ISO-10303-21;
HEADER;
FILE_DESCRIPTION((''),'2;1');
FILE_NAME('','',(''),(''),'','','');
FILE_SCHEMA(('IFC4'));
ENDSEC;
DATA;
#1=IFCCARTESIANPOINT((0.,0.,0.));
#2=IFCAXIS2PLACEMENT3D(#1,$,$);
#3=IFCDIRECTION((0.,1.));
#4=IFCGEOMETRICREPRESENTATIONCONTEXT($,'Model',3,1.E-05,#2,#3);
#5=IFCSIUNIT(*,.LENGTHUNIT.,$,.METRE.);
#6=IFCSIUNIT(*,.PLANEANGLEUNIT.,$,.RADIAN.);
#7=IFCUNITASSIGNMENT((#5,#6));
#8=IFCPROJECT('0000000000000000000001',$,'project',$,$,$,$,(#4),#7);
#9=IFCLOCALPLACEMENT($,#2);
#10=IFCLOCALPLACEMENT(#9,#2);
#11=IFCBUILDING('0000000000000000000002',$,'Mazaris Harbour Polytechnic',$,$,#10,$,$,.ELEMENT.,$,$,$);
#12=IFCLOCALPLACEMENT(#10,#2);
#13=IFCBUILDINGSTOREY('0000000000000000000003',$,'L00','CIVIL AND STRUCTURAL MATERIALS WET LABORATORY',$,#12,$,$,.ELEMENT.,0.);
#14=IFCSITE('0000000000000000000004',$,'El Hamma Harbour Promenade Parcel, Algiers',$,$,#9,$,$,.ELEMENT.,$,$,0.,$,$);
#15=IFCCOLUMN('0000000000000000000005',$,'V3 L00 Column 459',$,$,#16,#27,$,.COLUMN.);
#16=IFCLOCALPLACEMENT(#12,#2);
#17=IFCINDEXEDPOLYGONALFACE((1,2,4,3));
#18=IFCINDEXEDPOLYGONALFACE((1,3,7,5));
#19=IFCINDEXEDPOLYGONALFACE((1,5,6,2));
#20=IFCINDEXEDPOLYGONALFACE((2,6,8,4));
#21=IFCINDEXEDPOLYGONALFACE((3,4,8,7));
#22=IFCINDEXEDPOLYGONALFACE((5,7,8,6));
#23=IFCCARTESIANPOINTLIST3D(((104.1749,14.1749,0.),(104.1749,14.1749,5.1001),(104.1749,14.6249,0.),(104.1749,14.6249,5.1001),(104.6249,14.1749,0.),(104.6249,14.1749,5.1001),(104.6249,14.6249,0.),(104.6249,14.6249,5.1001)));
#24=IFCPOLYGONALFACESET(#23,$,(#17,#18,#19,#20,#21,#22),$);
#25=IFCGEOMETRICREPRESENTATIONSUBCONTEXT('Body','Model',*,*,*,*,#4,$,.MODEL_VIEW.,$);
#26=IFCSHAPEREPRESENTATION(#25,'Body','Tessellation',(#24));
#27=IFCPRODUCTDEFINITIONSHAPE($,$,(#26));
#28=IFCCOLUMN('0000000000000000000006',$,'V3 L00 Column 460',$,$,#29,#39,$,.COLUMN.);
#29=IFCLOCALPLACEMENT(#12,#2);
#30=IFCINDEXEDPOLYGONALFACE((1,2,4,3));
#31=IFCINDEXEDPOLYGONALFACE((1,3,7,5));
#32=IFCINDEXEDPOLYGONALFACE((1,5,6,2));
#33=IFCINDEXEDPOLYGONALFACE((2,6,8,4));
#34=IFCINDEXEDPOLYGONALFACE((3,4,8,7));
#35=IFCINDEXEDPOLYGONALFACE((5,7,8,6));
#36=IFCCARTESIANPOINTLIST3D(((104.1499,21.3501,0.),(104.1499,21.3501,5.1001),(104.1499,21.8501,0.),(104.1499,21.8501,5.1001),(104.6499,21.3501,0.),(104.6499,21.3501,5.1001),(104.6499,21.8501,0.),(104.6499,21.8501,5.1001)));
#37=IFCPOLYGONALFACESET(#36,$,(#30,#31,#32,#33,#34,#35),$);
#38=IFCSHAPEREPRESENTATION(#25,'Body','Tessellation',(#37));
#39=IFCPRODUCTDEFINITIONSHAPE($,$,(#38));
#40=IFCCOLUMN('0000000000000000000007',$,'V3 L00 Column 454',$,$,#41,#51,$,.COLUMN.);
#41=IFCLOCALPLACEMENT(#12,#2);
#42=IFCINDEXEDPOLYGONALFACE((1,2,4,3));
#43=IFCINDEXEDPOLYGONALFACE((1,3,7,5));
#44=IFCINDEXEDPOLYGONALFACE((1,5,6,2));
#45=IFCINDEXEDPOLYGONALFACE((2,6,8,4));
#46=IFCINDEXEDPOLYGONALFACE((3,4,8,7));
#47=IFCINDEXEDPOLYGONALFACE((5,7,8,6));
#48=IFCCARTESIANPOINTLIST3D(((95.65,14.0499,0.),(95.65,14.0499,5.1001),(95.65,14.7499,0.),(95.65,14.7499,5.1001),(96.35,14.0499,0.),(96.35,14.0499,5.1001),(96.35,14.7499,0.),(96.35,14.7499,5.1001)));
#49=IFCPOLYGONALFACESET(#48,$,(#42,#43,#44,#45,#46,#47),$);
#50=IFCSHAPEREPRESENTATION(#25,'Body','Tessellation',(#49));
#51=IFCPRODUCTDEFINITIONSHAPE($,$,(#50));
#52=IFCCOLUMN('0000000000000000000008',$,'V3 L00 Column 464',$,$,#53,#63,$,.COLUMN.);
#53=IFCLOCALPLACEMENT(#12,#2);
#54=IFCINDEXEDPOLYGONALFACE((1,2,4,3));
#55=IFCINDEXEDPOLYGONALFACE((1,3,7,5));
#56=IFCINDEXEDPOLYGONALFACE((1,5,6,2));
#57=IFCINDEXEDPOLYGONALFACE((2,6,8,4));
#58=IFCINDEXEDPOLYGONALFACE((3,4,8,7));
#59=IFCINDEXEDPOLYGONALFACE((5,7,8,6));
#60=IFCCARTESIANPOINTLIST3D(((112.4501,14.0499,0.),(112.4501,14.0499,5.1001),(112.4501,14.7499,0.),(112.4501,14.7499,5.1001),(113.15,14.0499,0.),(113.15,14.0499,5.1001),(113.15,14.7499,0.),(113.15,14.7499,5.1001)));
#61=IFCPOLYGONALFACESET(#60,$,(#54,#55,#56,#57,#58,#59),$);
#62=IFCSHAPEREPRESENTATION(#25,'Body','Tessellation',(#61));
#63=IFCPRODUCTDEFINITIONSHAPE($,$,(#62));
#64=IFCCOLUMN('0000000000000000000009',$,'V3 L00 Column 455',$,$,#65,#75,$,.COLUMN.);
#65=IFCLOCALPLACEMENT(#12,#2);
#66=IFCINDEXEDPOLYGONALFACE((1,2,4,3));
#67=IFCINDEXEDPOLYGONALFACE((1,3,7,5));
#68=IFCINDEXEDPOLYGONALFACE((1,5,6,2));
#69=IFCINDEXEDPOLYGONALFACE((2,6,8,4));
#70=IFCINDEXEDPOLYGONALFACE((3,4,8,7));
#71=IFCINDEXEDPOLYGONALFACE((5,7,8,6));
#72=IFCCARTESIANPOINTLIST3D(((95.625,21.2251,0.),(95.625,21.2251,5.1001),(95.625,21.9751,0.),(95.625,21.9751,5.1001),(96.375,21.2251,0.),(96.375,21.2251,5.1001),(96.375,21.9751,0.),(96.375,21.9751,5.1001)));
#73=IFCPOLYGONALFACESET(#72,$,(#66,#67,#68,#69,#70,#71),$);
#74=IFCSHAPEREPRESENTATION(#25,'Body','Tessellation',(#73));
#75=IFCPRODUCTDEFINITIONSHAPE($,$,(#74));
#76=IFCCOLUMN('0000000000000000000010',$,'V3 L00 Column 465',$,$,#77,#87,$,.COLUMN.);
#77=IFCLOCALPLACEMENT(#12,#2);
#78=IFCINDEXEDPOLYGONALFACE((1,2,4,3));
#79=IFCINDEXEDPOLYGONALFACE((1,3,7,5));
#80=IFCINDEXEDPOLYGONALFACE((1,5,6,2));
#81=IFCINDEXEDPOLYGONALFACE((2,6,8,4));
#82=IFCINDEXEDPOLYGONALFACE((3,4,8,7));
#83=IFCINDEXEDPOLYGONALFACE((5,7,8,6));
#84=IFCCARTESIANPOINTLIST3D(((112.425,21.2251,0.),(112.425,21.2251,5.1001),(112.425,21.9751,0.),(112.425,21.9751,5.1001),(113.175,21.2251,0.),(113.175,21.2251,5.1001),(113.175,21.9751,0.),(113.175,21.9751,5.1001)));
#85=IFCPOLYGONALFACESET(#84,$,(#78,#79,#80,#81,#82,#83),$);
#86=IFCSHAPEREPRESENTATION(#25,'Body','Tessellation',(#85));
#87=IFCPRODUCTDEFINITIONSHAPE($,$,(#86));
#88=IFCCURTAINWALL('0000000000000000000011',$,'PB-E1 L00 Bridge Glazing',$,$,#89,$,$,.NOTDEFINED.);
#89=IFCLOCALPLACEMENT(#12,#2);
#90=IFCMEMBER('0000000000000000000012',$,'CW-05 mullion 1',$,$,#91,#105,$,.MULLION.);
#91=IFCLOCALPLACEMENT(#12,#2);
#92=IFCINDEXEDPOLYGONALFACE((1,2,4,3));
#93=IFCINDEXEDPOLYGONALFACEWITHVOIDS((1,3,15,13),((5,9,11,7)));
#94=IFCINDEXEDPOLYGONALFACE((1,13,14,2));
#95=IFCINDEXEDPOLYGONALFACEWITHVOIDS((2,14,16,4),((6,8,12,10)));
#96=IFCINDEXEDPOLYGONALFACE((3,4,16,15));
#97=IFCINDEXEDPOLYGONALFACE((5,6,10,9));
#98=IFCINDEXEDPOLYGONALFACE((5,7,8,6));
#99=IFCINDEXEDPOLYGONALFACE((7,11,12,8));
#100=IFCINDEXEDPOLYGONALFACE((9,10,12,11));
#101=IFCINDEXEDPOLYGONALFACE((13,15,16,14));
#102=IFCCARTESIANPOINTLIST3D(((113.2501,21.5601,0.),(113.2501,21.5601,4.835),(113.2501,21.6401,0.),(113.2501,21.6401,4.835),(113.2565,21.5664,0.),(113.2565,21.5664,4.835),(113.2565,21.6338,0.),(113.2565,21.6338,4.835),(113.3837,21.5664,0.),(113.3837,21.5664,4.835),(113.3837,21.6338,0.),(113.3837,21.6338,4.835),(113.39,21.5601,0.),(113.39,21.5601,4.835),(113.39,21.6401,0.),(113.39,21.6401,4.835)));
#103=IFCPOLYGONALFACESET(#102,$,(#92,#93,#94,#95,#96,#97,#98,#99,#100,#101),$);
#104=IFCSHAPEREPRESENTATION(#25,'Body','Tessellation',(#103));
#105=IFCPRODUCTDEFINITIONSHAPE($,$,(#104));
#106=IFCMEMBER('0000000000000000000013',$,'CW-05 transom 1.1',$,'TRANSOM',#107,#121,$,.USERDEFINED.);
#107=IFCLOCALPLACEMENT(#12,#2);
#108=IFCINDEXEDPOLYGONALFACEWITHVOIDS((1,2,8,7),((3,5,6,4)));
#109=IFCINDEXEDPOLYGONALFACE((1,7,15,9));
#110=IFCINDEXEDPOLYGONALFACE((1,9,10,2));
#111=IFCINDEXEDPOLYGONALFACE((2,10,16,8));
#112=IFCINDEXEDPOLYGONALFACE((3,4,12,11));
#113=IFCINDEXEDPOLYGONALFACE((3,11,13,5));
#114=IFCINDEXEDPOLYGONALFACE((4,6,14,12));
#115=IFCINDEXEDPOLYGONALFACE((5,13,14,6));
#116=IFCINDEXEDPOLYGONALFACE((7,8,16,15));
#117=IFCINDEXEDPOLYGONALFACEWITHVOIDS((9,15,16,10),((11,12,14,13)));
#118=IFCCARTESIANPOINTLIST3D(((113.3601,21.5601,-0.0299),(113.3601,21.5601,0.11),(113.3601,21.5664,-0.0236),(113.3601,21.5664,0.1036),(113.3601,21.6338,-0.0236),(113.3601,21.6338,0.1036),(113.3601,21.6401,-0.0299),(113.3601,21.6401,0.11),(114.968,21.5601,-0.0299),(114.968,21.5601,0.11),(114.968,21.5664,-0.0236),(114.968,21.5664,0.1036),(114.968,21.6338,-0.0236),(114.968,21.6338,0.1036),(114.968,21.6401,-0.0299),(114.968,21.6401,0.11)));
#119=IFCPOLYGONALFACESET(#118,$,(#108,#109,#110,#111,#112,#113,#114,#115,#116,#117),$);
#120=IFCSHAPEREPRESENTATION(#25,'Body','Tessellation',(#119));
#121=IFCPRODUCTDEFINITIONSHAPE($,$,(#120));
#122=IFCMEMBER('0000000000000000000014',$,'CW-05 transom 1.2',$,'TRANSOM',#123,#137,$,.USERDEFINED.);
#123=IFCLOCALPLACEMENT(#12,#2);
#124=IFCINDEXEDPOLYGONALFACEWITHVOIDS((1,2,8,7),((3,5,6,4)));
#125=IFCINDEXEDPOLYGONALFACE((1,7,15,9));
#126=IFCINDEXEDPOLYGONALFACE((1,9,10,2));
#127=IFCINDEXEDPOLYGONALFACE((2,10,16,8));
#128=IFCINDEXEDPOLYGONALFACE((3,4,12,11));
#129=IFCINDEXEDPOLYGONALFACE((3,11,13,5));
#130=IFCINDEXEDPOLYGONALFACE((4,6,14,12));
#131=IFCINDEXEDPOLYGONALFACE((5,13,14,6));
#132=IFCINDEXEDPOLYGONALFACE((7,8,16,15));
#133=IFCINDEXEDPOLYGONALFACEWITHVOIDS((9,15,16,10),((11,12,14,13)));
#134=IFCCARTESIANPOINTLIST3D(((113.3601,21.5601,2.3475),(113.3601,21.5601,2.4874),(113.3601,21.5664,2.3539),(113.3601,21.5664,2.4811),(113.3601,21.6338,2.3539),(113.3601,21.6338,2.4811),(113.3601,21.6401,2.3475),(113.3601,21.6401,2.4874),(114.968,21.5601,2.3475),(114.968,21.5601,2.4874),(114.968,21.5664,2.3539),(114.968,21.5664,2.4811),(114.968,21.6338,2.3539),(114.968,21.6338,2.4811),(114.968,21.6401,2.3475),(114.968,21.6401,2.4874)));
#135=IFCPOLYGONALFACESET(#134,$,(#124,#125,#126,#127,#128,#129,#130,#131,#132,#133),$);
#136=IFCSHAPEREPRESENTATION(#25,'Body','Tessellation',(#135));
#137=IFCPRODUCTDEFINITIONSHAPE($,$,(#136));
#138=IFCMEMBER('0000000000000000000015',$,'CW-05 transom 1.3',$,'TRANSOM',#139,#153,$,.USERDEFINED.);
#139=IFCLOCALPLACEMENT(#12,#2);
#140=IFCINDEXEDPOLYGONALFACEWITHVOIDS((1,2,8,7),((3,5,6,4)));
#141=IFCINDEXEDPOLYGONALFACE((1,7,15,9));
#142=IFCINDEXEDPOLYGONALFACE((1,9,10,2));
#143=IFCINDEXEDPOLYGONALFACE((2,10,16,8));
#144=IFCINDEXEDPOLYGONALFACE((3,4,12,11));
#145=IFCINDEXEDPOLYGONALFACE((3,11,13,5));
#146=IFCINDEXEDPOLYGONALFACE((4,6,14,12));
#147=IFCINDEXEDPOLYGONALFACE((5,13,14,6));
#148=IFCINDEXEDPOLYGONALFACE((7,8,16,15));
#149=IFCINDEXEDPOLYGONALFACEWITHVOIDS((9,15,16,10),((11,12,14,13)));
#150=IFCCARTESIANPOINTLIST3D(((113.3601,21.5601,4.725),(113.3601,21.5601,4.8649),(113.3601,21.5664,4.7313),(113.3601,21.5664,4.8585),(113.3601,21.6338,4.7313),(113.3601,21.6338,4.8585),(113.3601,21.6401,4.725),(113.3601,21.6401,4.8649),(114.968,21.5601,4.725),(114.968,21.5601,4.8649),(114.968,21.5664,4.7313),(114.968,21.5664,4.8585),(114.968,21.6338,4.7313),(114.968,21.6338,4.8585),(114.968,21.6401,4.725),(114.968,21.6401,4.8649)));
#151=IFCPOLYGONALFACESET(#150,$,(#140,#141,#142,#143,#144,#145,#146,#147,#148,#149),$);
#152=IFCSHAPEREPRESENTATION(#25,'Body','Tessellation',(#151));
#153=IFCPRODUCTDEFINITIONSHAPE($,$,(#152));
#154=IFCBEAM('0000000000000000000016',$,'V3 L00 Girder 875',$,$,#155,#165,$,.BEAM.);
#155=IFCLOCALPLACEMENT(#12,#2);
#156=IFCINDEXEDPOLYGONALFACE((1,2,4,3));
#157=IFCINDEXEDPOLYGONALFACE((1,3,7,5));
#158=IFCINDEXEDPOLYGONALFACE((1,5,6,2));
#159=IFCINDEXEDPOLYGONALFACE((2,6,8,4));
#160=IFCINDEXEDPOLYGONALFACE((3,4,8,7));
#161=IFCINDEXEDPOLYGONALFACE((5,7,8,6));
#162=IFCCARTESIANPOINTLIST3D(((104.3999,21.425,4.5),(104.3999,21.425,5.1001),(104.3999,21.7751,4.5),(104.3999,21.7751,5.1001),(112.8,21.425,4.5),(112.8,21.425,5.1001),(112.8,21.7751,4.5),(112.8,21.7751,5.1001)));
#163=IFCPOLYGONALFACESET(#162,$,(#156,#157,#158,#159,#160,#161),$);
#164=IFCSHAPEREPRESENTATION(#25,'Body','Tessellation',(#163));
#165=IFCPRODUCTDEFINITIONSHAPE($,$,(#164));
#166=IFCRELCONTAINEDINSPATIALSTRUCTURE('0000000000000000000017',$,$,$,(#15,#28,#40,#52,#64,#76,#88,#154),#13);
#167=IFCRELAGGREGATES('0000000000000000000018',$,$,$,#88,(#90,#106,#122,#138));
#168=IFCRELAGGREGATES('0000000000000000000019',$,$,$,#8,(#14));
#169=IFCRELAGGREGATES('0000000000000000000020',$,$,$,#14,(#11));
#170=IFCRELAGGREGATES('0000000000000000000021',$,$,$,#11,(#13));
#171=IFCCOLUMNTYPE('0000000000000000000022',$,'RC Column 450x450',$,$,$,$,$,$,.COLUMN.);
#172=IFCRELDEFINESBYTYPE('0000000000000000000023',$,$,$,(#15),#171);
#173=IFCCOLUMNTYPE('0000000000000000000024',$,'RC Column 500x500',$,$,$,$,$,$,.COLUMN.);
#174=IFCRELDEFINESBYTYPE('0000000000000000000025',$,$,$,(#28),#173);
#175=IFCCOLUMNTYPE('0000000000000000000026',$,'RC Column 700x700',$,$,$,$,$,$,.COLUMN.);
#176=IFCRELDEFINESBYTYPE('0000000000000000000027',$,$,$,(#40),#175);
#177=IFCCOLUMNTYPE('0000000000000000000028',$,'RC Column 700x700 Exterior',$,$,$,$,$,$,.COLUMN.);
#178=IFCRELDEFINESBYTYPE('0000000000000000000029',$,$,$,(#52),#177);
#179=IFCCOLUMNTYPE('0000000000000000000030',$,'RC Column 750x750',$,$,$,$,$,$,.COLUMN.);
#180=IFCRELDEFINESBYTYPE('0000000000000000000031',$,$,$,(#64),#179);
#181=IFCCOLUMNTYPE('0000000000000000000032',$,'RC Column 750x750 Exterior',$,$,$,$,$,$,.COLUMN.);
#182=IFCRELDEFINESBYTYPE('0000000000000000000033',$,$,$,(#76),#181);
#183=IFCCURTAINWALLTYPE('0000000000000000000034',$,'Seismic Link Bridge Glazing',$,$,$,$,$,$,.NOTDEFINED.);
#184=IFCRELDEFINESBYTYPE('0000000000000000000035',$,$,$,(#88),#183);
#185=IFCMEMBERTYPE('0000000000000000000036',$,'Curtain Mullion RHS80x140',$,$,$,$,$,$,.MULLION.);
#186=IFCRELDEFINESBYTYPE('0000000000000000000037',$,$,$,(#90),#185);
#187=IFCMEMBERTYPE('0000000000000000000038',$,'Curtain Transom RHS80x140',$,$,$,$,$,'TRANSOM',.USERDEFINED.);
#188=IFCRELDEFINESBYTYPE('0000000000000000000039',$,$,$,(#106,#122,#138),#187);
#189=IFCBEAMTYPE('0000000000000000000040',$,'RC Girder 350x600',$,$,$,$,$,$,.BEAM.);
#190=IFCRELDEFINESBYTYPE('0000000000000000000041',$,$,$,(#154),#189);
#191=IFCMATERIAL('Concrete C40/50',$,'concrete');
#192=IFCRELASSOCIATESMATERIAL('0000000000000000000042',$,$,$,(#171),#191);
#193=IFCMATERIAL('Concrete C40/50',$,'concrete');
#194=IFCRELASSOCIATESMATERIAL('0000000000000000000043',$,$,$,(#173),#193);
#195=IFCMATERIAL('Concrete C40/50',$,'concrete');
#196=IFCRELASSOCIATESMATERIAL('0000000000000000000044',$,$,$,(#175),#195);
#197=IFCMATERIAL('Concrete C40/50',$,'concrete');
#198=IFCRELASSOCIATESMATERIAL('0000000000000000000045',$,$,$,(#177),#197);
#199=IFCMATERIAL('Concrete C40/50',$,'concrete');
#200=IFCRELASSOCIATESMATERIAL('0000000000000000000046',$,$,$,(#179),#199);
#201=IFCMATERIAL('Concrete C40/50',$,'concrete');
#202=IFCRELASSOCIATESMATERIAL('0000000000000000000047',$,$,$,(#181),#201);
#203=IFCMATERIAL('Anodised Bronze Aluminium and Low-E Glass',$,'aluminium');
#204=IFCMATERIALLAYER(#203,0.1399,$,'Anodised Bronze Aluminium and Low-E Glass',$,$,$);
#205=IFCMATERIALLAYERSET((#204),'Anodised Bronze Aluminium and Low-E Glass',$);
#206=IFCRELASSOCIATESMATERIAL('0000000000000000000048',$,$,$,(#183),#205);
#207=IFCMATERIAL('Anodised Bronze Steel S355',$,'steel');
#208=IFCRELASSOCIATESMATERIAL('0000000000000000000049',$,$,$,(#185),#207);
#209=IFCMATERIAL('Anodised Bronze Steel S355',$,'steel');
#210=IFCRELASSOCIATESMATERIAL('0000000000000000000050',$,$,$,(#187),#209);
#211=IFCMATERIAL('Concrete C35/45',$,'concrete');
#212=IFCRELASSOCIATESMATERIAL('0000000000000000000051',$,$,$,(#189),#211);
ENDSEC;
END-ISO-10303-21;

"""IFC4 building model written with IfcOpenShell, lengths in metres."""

from ifc_helpers import new_model, si_unit, direction, frame, origin, origin_2d, place, context, subcontext, project, spatial, rectangle, hollow_rectangle, extrude, material, layer, layer_set, material_profile, profile_set, type_object, element, aggregate, save


model = new_model("IFC4")

# Units and contexts
model_context = context("Model", 3, precision=1e-05, world=origin(), true_north=direction((0.0, 1.0)))
body_context = subcontext(model_context, "Body", "Model", "MODEL_VIEW")
ifc_project = project(units=[si_unit("LENGTHUNIT", "METRE"), si_unit("PLANEANGLEUNIT", "RADIAN")], contexts=[model_context])

# Site, building, storey
site_placement = place(None, origin())
site = spatial("IfcSite", under=ifc_project, at=site_placement, Name="El Hamma Harbour Promenade Parcel, Algiers", CompositionType="ELEMENT", RefElevation=0.0)
building_placement = place(site_placement, origin())
building = spatial("IfcBuilding", under=site, at=building_placement, Name="Mazaris Harbour Polytechnic", CompositionType="ELEMENT")
storey_placement = place(building_placement, origin())
storey = spatial("IfcBuildingStorey", under=building, at=storey_placement, Name="L00", Description="CIVIL AND STRUCTURAL MATERIALS WET LABORATORY", CompositionType="ELEMENT", Elevation=0.0)

# Columns
ifc_material_1 = material(Name="Concrete C40/50", Category="concrete")
ifc_material_profile_1 = material_profile(ifc_material_1, rectangle(XDim=0.45, YDim=0.45, at=origin_2d()), Name="RECT450x450")
ifc_profile_set_1 = profile_set([ifc_material_profile_1], Name="Concrete C40/50")
column_type_1 = type_object("IfcColumnType", Name="RC Column 450x450", PredefinedType="COLUMN", material=ifc_profile_set_1)
column_1_placement = place(storey_placement, frame((104.3999, 14.3999, 0.0), z_axis=(0.0, 0.0, 1.0), x_axis=(1.0, 0.0, 0.0)))
element("IfcColumn", 1, at=column_1_placement, inside=storey, type_object=column_type_1, Name="V3 L00 Column 459", PredefinedType="COLUMN", context=body_context, shape_type="SweptSolid", body=[
    extrude(rectangle(XDim=0.45, YDim=0.45, at=origin_2d()), origin(), (0.0, 0.0, 1.0), 5.1001),
])
ifc_material_2 = material(Name="Concrete C40/50", Category="concrete")
ifc_material_profile_2 = material_profile(ifc_material_2, rectangle(XDim=0.5, YDim=0.5, at=origin_2d()), Name="RECT500x500")
ifc_profile_set_2 = profile_set([ifc_material_profile_2], Name="Concrete C40/50")
column_type_2 = type_object("IfcColumnType", Name="RC Column 500x500", PredefinedType="COLUMN", material=ifc_profile_set_2)
column_2_placement = place(storey_placement, frame((104.3999, 21.6001, 0.0), z_axis=(0.0, 0.0, 1.0), x_axis=(1.0, 0.0, 0.0)))
element("IfcColumn", 2, at=column_2_placement, inside=storey, type_object=column_type_2, Name="V3 L00 Column 460", PredefinedType="COLUMN", context=body_context, shape_type="SweptSolid", body=[
    extrude(rectangle(XDim=0.5, YDim=0.5, at=origin_2d()), origin(), (0.0, 0.0, 1.0), 5.1001),
])
ifc_material_3 = material(Name="Concrete C40/50", Category="concrete")
ifc_material_profile_3 = material_profile(ifc_material_3, rectangle(XDim=0.7, YDim=0.7, at=origin_2d()), Name="RECT700x700")
ifc_profile_set_3 = profile_set([ifc_material_profile_3], Name="Concrete C40/50")
column_type_3 = type_object("IfcColumnType", Name="RC Column 700x700", PredefinedType="COLUMN", material=ifc_profile_set_3)
column_3_placement = place(storey_placement, frame((96.0, 14.3999, 0.0), z_axis=(0.0, 0.0, 1.0), x_axis=(1.0, 0.0, 0.0)))
element("IfcColumn", 3, at=column_3_placement, inside=storey, type_object=column_type_3, Name="V3 L00 Column 454", PredefinedType="COLUMN", context=body_context, shape_type="SweptSolid", body=[
    extrude(rectangle(XDim=0.7, YDim=0.7, at=origin_2d()), origin(), (0.0, 0.0, 1.0), 5.1001),
])
ifc_material_4 = material(Name="Concrete C40/50", Category="concrete")
ifc_material_profile_4 = material_profile(ifc_material_4, rectangle(XDim=0.7, YDim=0.7, at=origin_2d()), Name="RECT700x700")
ifc_profile_set_4 = profile_set([ifc_material_profile_4], Name="Concrete C40/50")
column_type_4 = type_object("IfcColumnType", Name="RC Column 700x700 Exterior", PredefinedType="COLUMN", material=ifc_profile_set_4)
column_4_placement = place(storey_placement, frame((112.8, 14.3999, 0.0), z_axis=(0.0, 0.0, 1.0), x_axis=(1.0, 0.0, 0.0)))
element("IfcColumn", 4, at=column_4_placement, inside=storey, type_object=column_type_4, Name="V3 L00 Column 464", PredefinedType="COLUMN", context=body_context, shape_type="SweptSolid", body=[
    extrude(rectangle(XDim=0.7, YDim=0.7, at=origin_2d()), origin(), (0.0, 0.0, 1.0), 5.1001),
])
ifc_material_5 = material(Name="Concrete C40/50", Category="concrete")
ifc_material_profile_5 = material_profile(ifc_material_5, rectangle(XDim=0.75, YDim=0.75, at=origin_2d()), Name="RECT750x750")
ifc_profile_set_5 = profile_set([ifc_material_profile_5], Name="Concrete C40/50")
column_type_5 = type_object("IfcColumnType", Name="RC Column 750x750", PredefinedType="COLUMN", material=ifc_profile_set_5)
column_5_placement = place(storey_placement, frame((96.0, 21.6001, 0.0), z_axis=(0.0, 0.0, 1.0), x_axis=(1.0, 0.0, 0.0)))
element("IfcColumn", 5, at=column_5_placement, inside=storey, type_object=column_type_5, Name="V3 L00 Column 455", PredefinedType="COLUMN", context=body_context, shape_type="SweptSolid", body=[
    extrude(rectangle(XDim=0.75, YDim=0.75, at=origin_2d()), origin(), (0.0, 0.0, 1.0), 5.1001),
])
ifc_material_6 = material(Name="Concrete C40/50", Category="concrete")
ifc_material_profile_6 = material_profile(ifc_material_6, rectangle(XDim=0.75, YDim=0.75, at=origin_2d()), Name="RECT750x750")
ifc_profile_set_6 = profile_set([ifc_material_profile_6], Name="Concrete C40/50")
column_type_6 = type_object("IfcColumnType", Name="RC Column 750x750 Exterior", PredefinedType="COLUMN", material=ifc_profile_set_6)
column_6_placement = place(storey_placement, frame((112.8, 21.6001, 0.0), z_axis=(0.0, 0.0, 1.0), x_axis=(1.0, 0.0, 0.0)))
element("IfcColumn", 6, at=column_6_placement, inside=storey, type_object=column_type_6, Name="V3 L00 Column 465", PredefinedType="COLUMN", context=body_context, shape_type="SweptSolid", body=[
    extrude(rectangle(XDim=0.75, YDim=0.75, at=origin_2d()), origin(), (0.0, 0.0, 1.0), 5.1001),
])

# Curtain wall, members
ifc_material_7 = material(Name="Anodised Bronze Aluminium and Low-E Glass", Category="aluminium")
ifc_layer_1 = layer(ifc_material_7, 0.1399, Name="Anodised Bronze Aluminium and Low-E Glass")
ifc_layer_set_1 = layer_set([ifc_layer_1], Name="Anodised Bronze Aluminium and Low-E Glass")
curtain_wall_type = type_object("IfcCurtainWallType", Name="Seismic Link Bridge Glazing", PredefinedType="NOTDEFINED", material=ifc_layer_set_1)
curtain_wall_placement = place(storey_placement, origin())
curtain_wall = element("IfcCurtainWall", 7, at=curtain_wall_placement, inside=storey, type_object=curtain_wall_type, Name="PB-E1 L00 Bridge Glazing", PredefinedType="NOTDEFINED")
ifc_material_8 = material(Name="Anodised Bronze Steel S355", Category="steel")
ifc_material_profile_7 = material_profile(ifc_material_8, hollow_rectangle(XDim=0.0801, YDim=0.1399, WallThickness=0.0063, at=origin_2d()), Name="RHS 80x140x6.3")
ifc_profile_set_7 = profile_set([ifc_material_profile_7], Name="Anodised Bronze Steel S355")
member_type_1 = type_object("IfcMemberType", Name="Curtain Mullion RHS80x140", PredefinedType="MULLION", material=ifc_profile_set_7)
member_1_placement = place(storey_placement, frame((113.3201, 21.6001, 0.0), z_axis=(0.0, 0.0, 1.0), x_axis=(0.0, 1.0, 0.0)))
member_1 = element("IfcMember", 8, at=member_1_placement, type_object=member_type_1, Name="CW-05 mullion 1", PredefinedType="MULLION", context=body_context, shape_type="SweptSolid", body=[
    extrude(hollow_rectangle(XDim=0.0801, YDim=0.1399, WallThickness=0.0063, at=origin_2d()), origin(), (0.0, 0.0, 1.0), 4.835),
])
ifc_material_9 = material(Name="Anodised Bronze Steel S355", Category="steel")
ifc_material_profile_8 = material_profile(ifc_material_9, hollow_rectangle(XDim=0.0801, YDim=0.1399, WallThickness=0.0063, at=origin_2d()), Name="RHS 80x140x6.3")
ifc_profile_set_8 = profile_set([ifc_material_profile_8], Name="Anodised Bronze Steel S355")
member_type_2 = type_object("IfcMemberType", Name="Curtain Transom RHS80x140", ElementType="TRANSOM", PredefinedType="USERDEFINED", material=ifc_profile_set_8)
member_2_placement = place(storey_placement, frame((113.3601, 21.6001, 0.04), z_axis=(1.0, 0.0, 0.0), x_axis=(0.0, 1.0, 0.0)))
member_2 = element("IfcMember", 9, at=member_2_placement, type_object=member_type_2, Name="CW-05 transom 1.1", ObjectType="TRANSOM", PredefinedType="USERDEFINED", context=body_context, shape_type="SweptSolid", body=[
    extrude(hollow_rectangle(XDim=0.0801, YDim=0.1399, WallThickness=0.0063, at=origin_2d()), origin(), (0.0, 0.0, 1.0), 1.6079),
])
member_3_placement = place(storey_placement, frame((113.3601, 21.6001, 2.4175), z_axis=(1.0, 0.0, 0.0), x_axis=(0.0, 1.0, 0.0)))
member_3 = element("IfcMember", 10, at=member_3_placement, type_object=member_type_2, Name="CW-05 transom 1.2", ObjectType="TRANSOM", PredefinedType="USERDEFINED", context=body_context, shape_type="SweptSolid", body=[
    extrude(hollow_rectangle(XDim=0.0801, YDim=0.1399, WallThickness=0.0063, at=origin_2d()), origin(), (0.0, 0.0, 1.0), 1.6079),
])
member_4_placement = place(storey_placement, frame((113.3601, 21.6001, 4.7949), z_axis=(1.0, 0.0, 0.0), x_axis=(0.0, 1.0, 0.0)))
member_4 = element("IfcMember", 11, at=member_4_placement, type_object=member_type_2, Name="CW-05 transom 1.3", ObjectType="TRANSOM", PredefinedType="USERDEFINED", context=body_context, shape_type="SweptSolid", body=[
    extrude(hollow_rectangle(XDim=0.0801, YDim=0.1399, WallThickness=0.0063, at=origin_2d()), origin(), (0.0, 0.0, 1.0), 1.6079),
])
aggregate(curtain_wall, [member_1, member_2, member_3, member_4])

# Beam
ifc_material_10 = material(Name="Concrete C35/45", Category="concrete")
ifc_material_profile_9 = material_profile(ifc_material_10, rectangle(XDim=0.3501, YDim=0.6001, at=origin_2d()), Name="RECT350x600")
ifc_profile_set_9 = profile_set([ifc_material_profile_9], Name="Concrete C35/45")
beam_type_1 = type_object("IfcBeamType", Name="RC Girder 350x600", PredefinedType="BEAM", material=ifc_profile_set_9)
beam_1_placement = place(storey_placement, frame((104.3999, 21.6001, 4.8), z_axis=(1.0, 0.0, 0.0), x_axis=(0.0, 1.0, 0.0)))
element("IfcBeam", 12, at=beam_1_placement, inside=storey, type_object=beam_type_1, Name="V3 L00 Girder 875", PredefinedType="BEAM", context=body_context, shape_type="SweptSolid", body=[
    extrude(rectangle(XDim=0.3501, YDim=0.6001, at=origin_2d()), origin(), (0.0, 0.0, 1.0), 8.4001),
])

save(model, "model.ifc")
